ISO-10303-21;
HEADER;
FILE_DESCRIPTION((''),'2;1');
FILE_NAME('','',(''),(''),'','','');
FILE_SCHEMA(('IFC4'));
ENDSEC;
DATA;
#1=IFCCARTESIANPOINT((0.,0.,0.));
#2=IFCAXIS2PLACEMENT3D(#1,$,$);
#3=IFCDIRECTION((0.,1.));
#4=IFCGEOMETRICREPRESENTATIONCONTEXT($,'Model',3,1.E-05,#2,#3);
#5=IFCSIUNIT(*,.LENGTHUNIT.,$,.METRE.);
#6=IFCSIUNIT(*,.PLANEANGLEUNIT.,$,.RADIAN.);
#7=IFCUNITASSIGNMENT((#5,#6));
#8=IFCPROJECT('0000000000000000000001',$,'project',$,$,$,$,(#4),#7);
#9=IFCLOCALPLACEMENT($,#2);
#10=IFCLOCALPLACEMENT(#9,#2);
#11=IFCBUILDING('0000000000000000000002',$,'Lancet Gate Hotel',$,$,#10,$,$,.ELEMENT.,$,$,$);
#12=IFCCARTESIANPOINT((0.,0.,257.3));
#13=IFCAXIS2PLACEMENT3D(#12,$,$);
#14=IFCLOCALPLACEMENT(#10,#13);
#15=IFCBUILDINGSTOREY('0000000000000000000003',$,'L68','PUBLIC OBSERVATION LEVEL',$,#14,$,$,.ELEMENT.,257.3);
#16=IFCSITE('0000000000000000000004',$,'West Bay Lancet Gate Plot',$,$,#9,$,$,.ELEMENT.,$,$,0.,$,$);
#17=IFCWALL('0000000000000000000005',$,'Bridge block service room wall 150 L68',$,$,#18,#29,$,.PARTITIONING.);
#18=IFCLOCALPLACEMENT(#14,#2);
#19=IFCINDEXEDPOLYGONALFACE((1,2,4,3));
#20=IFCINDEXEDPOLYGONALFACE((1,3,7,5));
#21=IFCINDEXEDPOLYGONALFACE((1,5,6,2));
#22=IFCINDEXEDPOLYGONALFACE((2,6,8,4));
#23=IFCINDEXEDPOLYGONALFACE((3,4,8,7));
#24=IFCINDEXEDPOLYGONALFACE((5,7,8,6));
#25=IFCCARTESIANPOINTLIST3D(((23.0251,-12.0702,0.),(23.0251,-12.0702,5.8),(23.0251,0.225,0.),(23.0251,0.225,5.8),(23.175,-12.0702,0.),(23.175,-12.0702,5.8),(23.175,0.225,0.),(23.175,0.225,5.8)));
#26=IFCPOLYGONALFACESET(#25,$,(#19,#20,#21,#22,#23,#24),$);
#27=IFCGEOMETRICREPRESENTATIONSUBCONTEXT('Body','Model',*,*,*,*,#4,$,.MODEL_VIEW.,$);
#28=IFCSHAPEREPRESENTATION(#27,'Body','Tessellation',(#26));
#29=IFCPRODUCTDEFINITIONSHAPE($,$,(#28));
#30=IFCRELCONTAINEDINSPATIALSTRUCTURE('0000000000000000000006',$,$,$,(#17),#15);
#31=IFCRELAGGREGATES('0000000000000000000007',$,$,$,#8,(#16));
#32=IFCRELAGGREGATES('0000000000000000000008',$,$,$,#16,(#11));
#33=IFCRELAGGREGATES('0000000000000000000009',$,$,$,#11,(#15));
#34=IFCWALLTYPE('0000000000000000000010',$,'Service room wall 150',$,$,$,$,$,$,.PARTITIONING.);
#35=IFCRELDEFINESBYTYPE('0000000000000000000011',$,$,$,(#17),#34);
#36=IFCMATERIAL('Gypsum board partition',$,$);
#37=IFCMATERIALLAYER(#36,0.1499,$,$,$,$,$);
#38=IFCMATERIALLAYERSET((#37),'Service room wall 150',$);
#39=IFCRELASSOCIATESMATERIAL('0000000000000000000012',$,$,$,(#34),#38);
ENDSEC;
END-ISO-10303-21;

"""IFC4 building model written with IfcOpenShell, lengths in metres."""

from ifc_helpers import new_model, si_unit, direction, frame, frame_2d, origin, place, context, subcontext, project, spatial, rectangle, extrude, material, layer, layer_set, type_object, element, save


model = new_model("IFC4")

# Units and contexts
model_context = context("Model", 3, precision=1e-05, world=origin(), true_north=direction((0.0, 1.0)))
body_context = subcontext(model_context, "Body", "Model", "MODEL_VIEW")
ifc_project = project(units=[si_unit("LENGTHUNIT", "METRE"), si_unit("PLANEANGLEUNIT", "RADIAN")], contexts=[model_context])

# Site, building, storey
site_placement = place(None, origin())
site = spatial("IfcSite", under=ifc_project, at=site_placement, Name="West Bay Lancet Gate Plot", CompositionType="ELEMENT", RefElevation=0.0)
building_placement = place(site_placement, origin())
building = spatial("IfcBuilding", under=site, at=building_placement, Name="Lancet Gate Hotel", CompositionType="ELEMENT")
storey_placement = place(building_placement, frame((0.0, 0.0, 257.3)))
storey = spatial("IfcBuildingStorey", under=building, at=storey_placement, Name="L68", Description="PUBLIC OBSERVATION LEVEL", CompositionType="ELEMENT", Elevation=257.3)

# Wall
ifc_material_1 = material(Name="Gypsum board partition")
ifc_layer_1 = layer(ifc_material_1, 0.1499)
ifc_layer_set_1 = layer_set([ifc_layer_1], Name="Service room wall 150")
wall_type_1 = type_object("IfcWallType", Name="Service room wall 150", PredefinedType="PARTITIONING", material=ifc_layer_set_1)
for number, where, z_axis, x_axis, name in (
    (1, (23.1001, -12.0701, 0.0), (0.0, 0.0, 1.0), (0.0, 1.0, 0.0), "Bridge block service room wall 150 L68"),
):
    element("IfcWall", number, at=place(storey_placement, frame(where, z_axis=z_axis, x_axis=x_axis)), inside=storey, type_object=wall_type_1, Name=name, PredefinedType="PARTITIONING", context=body_context, shape_type="SweptSolid", body=[
        extrude(rectangle(XDim=12.2952, YDim=0.1499, at=frame_2d((6.1475, 0.0))), origin(), (0.0, 0.0, 1.0), 5.8),
    ])

save(model, "model.ifc")
